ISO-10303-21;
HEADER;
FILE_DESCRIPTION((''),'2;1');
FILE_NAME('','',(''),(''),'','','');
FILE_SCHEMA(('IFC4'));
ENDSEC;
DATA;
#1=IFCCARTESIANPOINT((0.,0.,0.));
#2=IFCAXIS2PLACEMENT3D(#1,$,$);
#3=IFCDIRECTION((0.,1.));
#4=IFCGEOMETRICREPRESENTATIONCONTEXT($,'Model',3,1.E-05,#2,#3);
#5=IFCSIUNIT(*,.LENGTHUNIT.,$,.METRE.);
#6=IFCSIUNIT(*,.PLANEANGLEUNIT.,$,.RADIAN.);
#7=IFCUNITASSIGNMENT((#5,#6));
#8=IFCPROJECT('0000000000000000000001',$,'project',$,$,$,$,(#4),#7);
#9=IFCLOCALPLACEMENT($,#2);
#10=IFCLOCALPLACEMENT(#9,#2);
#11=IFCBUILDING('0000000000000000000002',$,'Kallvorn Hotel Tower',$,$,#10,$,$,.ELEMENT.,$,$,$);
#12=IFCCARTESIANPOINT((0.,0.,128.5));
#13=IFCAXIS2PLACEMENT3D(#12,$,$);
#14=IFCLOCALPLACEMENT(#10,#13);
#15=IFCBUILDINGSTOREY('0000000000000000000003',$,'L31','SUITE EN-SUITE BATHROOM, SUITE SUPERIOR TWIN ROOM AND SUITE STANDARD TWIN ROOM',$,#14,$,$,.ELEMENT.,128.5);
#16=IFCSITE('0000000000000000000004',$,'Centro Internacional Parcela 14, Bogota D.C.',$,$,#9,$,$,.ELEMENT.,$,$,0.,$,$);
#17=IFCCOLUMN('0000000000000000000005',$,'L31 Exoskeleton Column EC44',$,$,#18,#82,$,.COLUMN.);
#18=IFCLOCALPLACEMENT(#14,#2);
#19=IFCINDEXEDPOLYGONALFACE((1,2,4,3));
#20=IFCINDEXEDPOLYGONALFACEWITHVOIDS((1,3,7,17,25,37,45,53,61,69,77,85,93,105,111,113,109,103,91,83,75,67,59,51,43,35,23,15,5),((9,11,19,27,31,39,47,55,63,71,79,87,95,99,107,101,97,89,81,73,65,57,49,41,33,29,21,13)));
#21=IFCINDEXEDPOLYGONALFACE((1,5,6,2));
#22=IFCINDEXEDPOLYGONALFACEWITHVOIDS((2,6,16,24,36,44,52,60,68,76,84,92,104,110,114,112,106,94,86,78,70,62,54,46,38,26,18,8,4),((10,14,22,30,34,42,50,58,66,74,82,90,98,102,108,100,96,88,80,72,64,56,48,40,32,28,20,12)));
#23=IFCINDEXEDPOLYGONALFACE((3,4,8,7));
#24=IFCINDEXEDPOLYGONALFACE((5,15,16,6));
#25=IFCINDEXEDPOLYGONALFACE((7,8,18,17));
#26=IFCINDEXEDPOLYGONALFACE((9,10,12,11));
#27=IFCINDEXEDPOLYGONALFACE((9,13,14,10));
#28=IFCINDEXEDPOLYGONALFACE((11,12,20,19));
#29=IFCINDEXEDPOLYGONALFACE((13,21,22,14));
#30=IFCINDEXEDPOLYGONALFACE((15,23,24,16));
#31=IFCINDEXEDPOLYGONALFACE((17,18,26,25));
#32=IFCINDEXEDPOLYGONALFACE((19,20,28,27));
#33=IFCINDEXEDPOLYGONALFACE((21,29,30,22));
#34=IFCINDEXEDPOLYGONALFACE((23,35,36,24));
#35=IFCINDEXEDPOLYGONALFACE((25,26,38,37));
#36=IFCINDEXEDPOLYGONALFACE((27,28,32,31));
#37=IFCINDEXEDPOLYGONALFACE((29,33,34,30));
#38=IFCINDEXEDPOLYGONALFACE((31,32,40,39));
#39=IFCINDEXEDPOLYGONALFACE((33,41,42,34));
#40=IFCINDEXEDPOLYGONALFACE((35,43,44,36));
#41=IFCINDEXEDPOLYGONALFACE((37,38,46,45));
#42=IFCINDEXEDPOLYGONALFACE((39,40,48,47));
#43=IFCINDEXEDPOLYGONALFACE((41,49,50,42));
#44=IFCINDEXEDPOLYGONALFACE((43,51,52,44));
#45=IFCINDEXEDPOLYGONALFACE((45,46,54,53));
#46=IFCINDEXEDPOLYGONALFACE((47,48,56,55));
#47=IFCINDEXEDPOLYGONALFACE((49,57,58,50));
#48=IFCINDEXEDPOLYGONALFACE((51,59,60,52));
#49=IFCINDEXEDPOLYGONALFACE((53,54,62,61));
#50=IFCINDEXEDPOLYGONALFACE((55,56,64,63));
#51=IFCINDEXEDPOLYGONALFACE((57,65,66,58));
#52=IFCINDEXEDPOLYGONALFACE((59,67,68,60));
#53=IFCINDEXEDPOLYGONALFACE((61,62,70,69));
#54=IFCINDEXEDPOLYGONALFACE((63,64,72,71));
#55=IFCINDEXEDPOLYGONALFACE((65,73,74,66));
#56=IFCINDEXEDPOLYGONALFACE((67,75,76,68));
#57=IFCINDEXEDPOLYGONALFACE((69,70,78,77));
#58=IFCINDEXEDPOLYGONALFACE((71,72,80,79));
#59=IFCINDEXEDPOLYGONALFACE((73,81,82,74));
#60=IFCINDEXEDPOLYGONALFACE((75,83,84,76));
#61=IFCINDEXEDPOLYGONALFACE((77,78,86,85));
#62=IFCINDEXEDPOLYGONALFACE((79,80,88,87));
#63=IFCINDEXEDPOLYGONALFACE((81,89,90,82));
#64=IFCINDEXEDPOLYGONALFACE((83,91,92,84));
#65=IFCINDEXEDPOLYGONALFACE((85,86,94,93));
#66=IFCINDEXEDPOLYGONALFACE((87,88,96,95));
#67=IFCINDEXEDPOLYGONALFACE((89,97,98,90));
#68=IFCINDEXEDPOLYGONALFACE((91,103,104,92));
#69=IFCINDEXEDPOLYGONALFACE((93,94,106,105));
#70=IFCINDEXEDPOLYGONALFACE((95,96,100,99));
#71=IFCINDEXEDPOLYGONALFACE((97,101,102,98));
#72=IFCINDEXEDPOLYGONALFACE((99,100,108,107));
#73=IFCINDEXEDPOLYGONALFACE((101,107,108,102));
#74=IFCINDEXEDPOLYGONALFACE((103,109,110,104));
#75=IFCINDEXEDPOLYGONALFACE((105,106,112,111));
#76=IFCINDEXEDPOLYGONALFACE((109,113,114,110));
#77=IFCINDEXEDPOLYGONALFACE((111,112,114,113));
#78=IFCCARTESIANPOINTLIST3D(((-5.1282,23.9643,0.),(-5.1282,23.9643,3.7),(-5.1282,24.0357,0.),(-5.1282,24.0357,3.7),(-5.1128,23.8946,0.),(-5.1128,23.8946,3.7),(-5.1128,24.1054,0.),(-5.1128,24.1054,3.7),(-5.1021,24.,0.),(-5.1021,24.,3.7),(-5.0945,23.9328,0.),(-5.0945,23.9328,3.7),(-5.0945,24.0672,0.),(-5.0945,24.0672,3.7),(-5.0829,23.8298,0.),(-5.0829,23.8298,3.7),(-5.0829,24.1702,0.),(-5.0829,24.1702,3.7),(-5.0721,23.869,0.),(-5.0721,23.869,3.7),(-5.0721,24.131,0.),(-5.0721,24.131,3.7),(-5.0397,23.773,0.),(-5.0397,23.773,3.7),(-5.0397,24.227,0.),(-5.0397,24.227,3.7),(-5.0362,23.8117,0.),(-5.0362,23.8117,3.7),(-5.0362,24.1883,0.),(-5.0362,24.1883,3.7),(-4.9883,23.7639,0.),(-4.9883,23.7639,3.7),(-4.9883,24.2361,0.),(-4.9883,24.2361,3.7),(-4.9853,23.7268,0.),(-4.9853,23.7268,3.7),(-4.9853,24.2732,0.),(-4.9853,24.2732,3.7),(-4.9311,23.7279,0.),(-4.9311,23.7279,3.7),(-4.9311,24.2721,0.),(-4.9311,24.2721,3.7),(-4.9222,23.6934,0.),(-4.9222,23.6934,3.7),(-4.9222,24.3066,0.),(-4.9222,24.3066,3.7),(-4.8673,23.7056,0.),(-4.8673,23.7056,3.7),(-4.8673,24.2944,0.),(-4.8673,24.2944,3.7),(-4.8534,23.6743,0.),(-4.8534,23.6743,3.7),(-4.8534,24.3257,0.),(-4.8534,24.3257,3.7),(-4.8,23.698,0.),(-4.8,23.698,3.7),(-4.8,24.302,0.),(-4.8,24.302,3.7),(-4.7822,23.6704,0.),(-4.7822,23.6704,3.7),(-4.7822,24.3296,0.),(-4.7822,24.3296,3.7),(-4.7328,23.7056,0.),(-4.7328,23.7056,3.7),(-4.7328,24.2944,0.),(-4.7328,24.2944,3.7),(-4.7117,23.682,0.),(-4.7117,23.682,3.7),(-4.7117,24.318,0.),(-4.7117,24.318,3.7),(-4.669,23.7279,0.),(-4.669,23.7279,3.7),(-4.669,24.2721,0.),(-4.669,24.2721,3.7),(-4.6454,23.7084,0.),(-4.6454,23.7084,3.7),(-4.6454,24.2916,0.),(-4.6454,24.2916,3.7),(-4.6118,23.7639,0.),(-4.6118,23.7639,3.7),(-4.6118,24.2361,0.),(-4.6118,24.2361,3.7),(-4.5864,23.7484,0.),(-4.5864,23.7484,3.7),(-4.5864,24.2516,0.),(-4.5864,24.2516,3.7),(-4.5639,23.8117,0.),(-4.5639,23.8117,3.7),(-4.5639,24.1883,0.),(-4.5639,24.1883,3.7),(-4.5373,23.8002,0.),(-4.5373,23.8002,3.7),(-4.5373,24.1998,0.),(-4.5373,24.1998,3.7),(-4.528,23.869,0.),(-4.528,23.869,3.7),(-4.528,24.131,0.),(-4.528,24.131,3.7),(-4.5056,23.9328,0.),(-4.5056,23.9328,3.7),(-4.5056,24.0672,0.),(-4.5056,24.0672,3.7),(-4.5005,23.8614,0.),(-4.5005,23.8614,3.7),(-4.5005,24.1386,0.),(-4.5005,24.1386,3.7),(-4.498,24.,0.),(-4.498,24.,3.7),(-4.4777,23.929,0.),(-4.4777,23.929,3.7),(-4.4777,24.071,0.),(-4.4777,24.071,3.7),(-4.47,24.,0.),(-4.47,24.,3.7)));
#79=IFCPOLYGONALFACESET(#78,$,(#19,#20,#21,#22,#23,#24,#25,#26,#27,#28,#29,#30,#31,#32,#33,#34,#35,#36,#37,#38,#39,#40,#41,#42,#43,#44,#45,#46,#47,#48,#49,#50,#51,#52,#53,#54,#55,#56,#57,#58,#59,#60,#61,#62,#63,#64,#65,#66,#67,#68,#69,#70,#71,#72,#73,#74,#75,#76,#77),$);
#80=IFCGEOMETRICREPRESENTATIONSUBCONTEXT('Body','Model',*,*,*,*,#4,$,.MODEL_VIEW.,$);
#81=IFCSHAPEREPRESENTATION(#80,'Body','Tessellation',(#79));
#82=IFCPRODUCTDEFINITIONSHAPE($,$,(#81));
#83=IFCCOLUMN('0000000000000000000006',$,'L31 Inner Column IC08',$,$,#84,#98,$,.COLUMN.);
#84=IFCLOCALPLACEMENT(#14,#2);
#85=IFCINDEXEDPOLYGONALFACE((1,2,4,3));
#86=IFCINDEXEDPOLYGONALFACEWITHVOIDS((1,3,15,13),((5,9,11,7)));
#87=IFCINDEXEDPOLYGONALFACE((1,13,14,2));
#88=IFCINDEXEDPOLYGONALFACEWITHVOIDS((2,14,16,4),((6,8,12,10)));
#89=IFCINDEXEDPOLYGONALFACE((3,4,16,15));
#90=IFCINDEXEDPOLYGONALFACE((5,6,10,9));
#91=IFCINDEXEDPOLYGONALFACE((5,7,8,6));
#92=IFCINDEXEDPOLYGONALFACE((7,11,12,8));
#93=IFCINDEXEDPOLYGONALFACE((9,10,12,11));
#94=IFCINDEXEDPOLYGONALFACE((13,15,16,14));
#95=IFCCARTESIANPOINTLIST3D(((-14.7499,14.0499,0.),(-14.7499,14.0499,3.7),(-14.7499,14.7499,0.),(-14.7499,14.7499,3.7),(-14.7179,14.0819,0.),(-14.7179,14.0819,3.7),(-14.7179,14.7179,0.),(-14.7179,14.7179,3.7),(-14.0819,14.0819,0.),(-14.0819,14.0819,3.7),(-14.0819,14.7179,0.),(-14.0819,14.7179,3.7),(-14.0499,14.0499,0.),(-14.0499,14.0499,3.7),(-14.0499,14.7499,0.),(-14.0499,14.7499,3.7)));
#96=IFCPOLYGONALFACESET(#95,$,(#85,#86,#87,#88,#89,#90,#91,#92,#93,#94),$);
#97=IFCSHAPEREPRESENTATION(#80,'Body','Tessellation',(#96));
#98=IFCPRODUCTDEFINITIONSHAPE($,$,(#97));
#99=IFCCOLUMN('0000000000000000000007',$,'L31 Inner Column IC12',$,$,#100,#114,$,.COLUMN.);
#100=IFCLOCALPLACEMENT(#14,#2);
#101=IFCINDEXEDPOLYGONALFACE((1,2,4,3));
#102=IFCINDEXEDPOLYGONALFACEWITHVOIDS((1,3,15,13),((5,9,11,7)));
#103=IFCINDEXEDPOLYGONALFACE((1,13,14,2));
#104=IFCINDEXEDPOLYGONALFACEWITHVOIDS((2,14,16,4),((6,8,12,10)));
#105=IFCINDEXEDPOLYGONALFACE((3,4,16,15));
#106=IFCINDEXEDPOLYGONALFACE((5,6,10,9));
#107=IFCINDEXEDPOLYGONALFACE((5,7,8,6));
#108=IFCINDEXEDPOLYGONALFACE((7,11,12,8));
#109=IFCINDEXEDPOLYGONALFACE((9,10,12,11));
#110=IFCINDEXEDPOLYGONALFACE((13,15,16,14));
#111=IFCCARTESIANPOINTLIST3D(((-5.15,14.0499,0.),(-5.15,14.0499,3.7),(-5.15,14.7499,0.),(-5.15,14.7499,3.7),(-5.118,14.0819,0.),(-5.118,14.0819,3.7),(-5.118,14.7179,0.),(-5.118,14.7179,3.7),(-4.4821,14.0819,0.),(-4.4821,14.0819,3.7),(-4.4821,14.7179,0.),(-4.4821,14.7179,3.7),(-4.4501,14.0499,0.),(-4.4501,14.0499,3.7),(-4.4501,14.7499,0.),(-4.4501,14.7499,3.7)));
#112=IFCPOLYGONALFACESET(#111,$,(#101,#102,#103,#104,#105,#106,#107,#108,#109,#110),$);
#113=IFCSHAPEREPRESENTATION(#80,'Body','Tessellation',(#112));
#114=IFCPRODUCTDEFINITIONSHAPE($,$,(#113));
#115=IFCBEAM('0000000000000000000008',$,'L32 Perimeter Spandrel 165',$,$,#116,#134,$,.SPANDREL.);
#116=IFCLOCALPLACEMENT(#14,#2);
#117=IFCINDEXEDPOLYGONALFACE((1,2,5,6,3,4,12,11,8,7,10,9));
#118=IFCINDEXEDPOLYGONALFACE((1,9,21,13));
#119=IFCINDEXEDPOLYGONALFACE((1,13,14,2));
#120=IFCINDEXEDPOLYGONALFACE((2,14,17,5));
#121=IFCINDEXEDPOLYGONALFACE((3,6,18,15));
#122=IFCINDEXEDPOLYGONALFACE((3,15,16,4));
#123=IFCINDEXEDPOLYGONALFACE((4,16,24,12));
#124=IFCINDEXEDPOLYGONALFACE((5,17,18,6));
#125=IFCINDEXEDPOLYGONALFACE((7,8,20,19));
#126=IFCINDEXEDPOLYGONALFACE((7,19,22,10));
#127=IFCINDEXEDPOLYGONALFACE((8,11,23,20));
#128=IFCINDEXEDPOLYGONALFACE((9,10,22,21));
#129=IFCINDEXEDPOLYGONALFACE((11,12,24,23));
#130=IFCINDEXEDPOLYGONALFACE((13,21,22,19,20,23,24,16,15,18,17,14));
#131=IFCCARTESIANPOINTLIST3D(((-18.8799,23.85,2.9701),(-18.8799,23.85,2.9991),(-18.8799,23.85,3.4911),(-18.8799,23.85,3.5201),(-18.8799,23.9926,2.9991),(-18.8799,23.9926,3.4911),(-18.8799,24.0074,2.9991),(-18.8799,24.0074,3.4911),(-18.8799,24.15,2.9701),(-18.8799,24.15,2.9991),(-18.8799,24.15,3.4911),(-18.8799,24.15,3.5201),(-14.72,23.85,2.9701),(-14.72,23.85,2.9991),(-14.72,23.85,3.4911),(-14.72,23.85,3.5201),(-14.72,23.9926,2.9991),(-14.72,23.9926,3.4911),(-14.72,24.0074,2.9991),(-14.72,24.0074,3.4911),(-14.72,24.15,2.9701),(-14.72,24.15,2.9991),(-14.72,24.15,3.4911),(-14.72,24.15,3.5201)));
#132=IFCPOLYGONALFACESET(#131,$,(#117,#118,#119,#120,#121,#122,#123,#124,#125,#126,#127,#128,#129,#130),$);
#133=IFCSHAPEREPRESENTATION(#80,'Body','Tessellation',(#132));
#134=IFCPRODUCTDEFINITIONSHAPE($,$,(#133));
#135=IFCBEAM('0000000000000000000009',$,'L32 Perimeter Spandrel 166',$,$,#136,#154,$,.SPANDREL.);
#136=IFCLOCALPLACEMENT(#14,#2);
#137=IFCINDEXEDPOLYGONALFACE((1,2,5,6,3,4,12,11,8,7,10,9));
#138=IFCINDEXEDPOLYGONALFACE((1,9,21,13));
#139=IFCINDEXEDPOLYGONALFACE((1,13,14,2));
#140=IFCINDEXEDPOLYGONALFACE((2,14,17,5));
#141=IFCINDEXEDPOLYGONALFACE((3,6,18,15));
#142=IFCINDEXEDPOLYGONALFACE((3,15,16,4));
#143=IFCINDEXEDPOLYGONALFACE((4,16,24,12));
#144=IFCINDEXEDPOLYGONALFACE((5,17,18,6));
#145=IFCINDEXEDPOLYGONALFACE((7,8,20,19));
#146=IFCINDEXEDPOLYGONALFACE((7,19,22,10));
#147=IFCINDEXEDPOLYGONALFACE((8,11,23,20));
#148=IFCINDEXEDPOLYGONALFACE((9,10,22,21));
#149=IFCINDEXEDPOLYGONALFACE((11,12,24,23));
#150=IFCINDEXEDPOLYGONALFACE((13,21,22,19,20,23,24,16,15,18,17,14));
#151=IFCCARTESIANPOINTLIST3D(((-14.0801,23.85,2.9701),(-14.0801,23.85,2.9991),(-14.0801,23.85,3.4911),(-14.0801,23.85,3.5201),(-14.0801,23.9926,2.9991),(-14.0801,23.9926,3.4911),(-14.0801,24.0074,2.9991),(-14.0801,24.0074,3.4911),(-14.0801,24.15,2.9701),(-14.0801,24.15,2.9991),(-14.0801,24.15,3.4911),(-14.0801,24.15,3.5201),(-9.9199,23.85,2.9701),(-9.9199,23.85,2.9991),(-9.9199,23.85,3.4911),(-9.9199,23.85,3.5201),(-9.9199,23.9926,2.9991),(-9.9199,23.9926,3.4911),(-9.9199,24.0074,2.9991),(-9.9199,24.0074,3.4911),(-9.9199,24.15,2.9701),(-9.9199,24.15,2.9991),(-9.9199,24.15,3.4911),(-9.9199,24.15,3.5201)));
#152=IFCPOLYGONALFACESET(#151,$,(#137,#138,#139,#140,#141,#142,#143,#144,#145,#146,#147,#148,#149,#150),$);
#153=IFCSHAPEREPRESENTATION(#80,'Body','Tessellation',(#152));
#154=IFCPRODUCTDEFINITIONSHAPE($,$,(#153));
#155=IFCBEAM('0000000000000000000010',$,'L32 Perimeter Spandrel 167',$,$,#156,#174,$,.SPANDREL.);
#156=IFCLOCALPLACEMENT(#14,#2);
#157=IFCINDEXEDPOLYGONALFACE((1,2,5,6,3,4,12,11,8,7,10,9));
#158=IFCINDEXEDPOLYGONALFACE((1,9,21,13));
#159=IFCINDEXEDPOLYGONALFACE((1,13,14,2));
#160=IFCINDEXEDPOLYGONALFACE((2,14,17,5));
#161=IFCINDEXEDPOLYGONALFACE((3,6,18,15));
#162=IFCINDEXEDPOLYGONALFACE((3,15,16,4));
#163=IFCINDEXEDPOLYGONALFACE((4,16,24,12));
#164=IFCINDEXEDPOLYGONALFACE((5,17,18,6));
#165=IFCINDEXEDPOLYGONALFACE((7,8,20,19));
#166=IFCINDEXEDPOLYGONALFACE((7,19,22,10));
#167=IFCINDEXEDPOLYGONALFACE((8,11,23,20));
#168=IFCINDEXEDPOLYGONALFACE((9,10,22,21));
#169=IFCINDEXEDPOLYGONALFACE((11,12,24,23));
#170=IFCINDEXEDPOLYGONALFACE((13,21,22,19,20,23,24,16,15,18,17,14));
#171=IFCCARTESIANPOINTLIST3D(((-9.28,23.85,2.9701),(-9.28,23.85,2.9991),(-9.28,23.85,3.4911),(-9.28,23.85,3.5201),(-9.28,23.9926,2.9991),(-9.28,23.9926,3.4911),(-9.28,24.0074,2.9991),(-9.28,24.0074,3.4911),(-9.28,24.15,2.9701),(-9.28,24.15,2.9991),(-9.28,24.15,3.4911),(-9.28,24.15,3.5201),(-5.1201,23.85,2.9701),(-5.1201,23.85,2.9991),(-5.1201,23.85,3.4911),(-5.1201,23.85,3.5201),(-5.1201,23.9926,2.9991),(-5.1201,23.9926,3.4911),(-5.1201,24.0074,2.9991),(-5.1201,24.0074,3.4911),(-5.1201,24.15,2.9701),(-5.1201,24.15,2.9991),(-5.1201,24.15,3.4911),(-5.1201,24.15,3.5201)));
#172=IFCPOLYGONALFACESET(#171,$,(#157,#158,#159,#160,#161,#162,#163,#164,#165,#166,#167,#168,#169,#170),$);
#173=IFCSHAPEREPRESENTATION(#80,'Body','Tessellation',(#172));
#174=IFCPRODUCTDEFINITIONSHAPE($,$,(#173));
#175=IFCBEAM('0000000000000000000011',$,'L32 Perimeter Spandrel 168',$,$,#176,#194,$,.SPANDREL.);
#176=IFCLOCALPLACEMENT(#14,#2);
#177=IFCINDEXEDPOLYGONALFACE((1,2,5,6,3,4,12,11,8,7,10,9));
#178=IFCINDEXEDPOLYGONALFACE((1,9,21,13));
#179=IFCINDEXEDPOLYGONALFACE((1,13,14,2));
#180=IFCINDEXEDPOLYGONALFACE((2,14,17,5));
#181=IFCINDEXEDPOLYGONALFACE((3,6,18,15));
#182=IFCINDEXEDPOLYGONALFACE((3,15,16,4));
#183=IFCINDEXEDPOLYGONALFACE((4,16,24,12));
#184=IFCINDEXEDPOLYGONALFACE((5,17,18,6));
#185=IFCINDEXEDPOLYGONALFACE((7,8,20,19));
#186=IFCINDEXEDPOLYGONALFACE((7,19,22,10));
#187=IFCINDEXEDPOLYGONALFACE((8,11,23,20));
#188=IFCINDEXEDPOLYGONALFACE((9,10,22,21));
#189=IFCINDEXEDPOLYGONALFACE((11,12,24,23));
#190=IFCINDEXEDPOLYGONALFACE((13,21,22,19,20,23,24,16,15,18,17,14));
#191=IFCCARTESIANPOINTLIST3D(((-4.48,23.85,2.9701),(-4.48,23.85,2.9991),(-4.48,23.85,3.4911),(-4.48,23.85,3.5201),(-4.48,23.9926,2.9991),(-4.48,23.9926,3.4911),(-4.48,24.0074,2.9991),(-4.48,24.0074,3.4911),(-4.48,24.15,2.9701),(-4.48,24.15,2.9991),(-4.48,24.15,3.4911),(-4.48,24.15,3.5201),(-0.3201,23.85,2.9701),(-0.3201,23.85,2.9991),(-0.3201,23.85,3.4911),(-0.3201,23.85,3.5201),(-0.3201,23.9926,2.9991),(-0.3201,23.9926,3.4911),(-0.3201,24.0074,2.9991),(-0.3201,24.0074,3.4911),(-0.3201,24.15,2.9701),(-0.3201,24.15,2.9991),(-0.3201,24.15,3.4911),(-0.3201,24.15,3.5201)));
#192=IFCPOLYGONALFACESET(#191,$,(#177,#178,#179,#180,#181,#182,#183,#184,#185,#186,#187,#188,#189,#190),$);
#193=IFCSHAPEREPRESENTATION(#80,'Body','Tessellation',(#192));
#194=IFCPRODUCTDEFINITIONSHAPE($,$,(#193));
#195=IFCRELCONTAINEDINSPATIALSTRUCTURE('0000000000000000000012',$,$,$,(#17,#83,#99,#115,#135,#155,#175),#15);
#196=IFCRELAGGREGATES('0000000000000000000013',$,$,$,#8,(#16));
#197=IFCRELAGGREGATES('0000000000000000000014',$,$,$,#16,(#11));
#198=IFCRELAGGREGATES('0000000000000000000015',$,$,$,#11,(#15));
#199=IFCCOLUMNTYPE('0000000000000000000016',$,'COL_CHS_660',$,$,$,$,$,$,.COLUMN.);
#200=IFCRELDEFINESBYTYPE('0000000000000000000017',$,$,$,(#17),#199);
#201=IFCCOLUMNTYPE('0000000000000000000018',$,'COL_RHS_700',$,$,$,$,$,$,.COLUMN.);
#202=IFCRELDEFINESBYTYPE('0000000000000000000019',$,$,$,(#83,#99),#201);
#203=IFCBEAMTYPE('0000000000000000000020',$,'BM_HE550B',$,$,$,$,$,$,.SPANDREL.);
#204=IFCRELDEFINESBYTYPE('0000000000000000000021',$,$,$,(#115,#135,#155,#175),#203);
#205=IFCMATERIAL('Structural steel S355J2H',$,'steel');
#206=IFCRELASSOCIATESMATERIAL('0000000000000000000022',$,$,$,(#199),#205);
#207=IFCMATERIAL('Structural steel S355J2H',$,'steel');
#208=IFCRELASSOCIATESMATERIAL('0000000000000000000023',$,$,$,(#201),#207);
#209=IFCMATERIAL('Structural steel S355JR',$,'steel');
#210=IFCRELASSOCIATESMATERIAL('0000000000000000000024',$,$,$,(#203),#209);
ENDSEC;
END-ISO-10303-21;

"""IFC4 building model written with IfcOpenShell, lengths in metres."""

from ifc_helpers import new_model, si_unit, direction, frame, origin, origin_2d, place, context, subcontext, project, spatial, hollow_rectangle, hollow_circle, i_section, extrude, material, material_profile, profile_set, type_object, element, save


model = new_model("IFC4")

# Units and contexts
model_context = context("Model", 3, precision=1e-05, world=origin(), true_north=direction((0.0, 1.0)))
body_context = subcontext(model_context, "Body", "Model", "MODEL_VIEW")
ifc_project = project(units=[si_unit("LENGTHUNIT", "METRE"), si_unit("PLANEANGLEUNIT", "RADIAN")], contexts=[model_context])

# Site, building, storey
site_placement = place(None, origin())
site = spatial("IfcSite", under=ifc_project, at=site_placement, Name="Centro Internacional Parcela 14, Bogota D.C.", CompositionType="ELEMENT", RefElevation=0.0)
building_placement = place(site_placement, origin())
building = spatial("IfcBuilding", under=site, at=building_placement, Name="Kallvorn Hotel Tower", CompositionType="ELEMENT")
storey_placement = place(building_placement, frame((0.0, 0.0, 128.5)))
storey = spatial("IfcBuildingStorey", under=building, at=storey_placement, Name="L31", Description="SUITE EN-SUITE BATHROOM, SUITE SUPERIOR TWIN ROOM AND SUITE STANDARD TWIN ROOM", CompositionType="ELEMENT", Elevation=128.5)

# Columns
ifc_material_1 = material(Name="Structural steel S355J2H", Category="steel")
ifc_material_profile_1 = material_profile(ifc_material_1, hollow_circle(Radius=0.3301, WallThickness=0.0281, at=origin_2d()), Name="CHS 660x28")
ifc_profile_set_1 = profile_set([ifc_material_profile_1], Name="Structural steel S355J2H")
column_type_1 = type_object("IfcColumnType", Name="COL_CHS_660", PredefinedType="COLUMN", material=ifc_profile_set_1)
for number, where, z_axis, x_axis, name in (
    (1, (-4.8, 24.0, 0.0), (0.0, 0.0, 1.0), (1.0, 0.0, 0.0), "L31 Exoskeleton Column EC44"),
):
    element("IfcColumn", number, at=place(storey_placement, frame(where, z_axis=z_axis, x_axis=x_axis)), inside=storey, type_object=column_type_1, Name=name, PredefinedType="COLUMN", context=body_context, shape_type="SweptSolid", body=[
        extrude(hollow_circle(Radius=0.3301, WallThickness=0.0281, at=origin_2d()), origin(), (0.0, 0.0, 1.0), 3.7),
    ])
ifc_material_2 = material(Name="Structural steel S355J2H", Category="steel")
ifc_material_profile_2 = material_profile(ifc_material_2, hollow_rectangle(XDim=0.7, YDim=0.7, WallThickness=0.032, at=origin_2d()), Name="RHS 700x700x32")
ifc_profile_set_2 = profile_set([ifc_material_profile_2], Name="Structural steel S355J2H")
column_type_2 = type_object("IfcColumnType", Name="COL_RHS_700", PredefinedType="COLUMN", material=ifc_profile_set_2)
for number, where, z_axis, x_axis, name in (
    (2, (-14.3999, 14.3999, 0.0), (0.0, 0.0, 1.0), (1.0, 0.0, 0.0), "L31 Inner Column IC08"),
    (3, (-4.8, 14.3999, 0.0), (0.0, 0.0, 1.0), (1.0, 0.0, 0.0), "L31 Inner Column IC12"),
):
    element("IfcColumn", number, at=place(storey_placement, frame(where, z_axis=z_axis, x_axis=x_axis)), inside=storey, type_object=column_type_2, Name=name, PredefinedType="COLUMN", context=body_context, shape_type="SweptSolid", body=[
        extrude(hollow_rectangle(XDim=0.7, YDim=0.7, WallThickness=0.032, at=origin_2d()), origin(), (0.0, 0.0, 1.0), 3.7),
    ])

# Beams
ifc_material_3 = material(Name="Structural steel S355JR", Category="steel")
ifc_material_profile_3 = material_profile(ifc_material_3, i_section(OverallWidth=0.3, OverallDepth=0.55, WebThickness=0.0149, FlangeThickness=0.0291, at=origin_2d()), Name="HE 550 B")
ifc_profile_set_3 = profile_set([ifc_material_profile_3], Name="Structural steel S355JR")
beam_type_1 = type_object("IfcBeamType", Name="BM_HE550B", PredefinedType="SPANDREL", material=ifc_profile_set_3)
beam_1_placement = place(storey_placement, frame((-18.8799, 24.0, 3.2451), z_axis=(1.0, 0.0, 0.0), x_axis=(0.0, 1.0, 0.0)))
element("IfcBeam", 4, at=beam_1_placement, inside=storey, type_object=beam_type_1, Name="L32 Perimeter Spandrel 165", PredefinedType="SPANDREL", context=body_context, shape_type="SweptSolid", body=[
    extrude(i_section(OverallWidth=0.3, OverallDepth=0.55, WebThickness=0.0149, FlangeThickness=0.0291, at=origin_2d()), origin(), (0.0, 0.0, 1.0), 4.1599),
])
beam_2_placement = place(storey_placement, frame((-14.0801, 24.0, 3.2451), z_axis=(1.0, 0.0, 0.0), x_axis=(0.0, 1.0, 0.0)))
element("IfcBeam", 5, at=beam_2_placement, inside=storey, type_object=beam_type_1, Name="L32 Perimeter Spandrel 166", PredefinedType="SPANDREL", context=body_context, shape_type="SweptSolid", body=[
    extrude(i_section(OverallWidth=0.3, OverallDepth=0.55, WebThickness=0.0149, FlangeThickness=0.0291, at=origin_2d()), origin(), (0.0, 0.0, 1.0), 4.1602),
])
for number, where, z_axis, x_axis, name in (
    (6, (-9.28, 24.0, 3.2451), (1.0, 0.0, 0.0), (0.0, 1.0, 0.0), "L32 Perimeter Spandrel 167"),
    (7, (-4.48, 24.0, 3.2451), (1.0, 0.0, 0.0), (0.0, 1.0, 0.0), "L32 Perimeter Spandrel 168"),
):
    element("IfcBeam", number, at=place(storey_placement, frame(where, z_axis=z_axis, x_axis=x_axis)), inside=storey, type_object=beam_type_1, Name=name, PredefinedType="SPANDREL", context=body_context, shape_type="SweptSolid", body=[
        extrude(i_section(OverallWidth=0.3, OverallDepth=0.55, WebThickness=0.0149, FlangeThickness=0.0291, at=origin_2d()), origin(), (0.0, 0.0, 1.0), 4.1599),
    ])

save(model, "model.ifc")
